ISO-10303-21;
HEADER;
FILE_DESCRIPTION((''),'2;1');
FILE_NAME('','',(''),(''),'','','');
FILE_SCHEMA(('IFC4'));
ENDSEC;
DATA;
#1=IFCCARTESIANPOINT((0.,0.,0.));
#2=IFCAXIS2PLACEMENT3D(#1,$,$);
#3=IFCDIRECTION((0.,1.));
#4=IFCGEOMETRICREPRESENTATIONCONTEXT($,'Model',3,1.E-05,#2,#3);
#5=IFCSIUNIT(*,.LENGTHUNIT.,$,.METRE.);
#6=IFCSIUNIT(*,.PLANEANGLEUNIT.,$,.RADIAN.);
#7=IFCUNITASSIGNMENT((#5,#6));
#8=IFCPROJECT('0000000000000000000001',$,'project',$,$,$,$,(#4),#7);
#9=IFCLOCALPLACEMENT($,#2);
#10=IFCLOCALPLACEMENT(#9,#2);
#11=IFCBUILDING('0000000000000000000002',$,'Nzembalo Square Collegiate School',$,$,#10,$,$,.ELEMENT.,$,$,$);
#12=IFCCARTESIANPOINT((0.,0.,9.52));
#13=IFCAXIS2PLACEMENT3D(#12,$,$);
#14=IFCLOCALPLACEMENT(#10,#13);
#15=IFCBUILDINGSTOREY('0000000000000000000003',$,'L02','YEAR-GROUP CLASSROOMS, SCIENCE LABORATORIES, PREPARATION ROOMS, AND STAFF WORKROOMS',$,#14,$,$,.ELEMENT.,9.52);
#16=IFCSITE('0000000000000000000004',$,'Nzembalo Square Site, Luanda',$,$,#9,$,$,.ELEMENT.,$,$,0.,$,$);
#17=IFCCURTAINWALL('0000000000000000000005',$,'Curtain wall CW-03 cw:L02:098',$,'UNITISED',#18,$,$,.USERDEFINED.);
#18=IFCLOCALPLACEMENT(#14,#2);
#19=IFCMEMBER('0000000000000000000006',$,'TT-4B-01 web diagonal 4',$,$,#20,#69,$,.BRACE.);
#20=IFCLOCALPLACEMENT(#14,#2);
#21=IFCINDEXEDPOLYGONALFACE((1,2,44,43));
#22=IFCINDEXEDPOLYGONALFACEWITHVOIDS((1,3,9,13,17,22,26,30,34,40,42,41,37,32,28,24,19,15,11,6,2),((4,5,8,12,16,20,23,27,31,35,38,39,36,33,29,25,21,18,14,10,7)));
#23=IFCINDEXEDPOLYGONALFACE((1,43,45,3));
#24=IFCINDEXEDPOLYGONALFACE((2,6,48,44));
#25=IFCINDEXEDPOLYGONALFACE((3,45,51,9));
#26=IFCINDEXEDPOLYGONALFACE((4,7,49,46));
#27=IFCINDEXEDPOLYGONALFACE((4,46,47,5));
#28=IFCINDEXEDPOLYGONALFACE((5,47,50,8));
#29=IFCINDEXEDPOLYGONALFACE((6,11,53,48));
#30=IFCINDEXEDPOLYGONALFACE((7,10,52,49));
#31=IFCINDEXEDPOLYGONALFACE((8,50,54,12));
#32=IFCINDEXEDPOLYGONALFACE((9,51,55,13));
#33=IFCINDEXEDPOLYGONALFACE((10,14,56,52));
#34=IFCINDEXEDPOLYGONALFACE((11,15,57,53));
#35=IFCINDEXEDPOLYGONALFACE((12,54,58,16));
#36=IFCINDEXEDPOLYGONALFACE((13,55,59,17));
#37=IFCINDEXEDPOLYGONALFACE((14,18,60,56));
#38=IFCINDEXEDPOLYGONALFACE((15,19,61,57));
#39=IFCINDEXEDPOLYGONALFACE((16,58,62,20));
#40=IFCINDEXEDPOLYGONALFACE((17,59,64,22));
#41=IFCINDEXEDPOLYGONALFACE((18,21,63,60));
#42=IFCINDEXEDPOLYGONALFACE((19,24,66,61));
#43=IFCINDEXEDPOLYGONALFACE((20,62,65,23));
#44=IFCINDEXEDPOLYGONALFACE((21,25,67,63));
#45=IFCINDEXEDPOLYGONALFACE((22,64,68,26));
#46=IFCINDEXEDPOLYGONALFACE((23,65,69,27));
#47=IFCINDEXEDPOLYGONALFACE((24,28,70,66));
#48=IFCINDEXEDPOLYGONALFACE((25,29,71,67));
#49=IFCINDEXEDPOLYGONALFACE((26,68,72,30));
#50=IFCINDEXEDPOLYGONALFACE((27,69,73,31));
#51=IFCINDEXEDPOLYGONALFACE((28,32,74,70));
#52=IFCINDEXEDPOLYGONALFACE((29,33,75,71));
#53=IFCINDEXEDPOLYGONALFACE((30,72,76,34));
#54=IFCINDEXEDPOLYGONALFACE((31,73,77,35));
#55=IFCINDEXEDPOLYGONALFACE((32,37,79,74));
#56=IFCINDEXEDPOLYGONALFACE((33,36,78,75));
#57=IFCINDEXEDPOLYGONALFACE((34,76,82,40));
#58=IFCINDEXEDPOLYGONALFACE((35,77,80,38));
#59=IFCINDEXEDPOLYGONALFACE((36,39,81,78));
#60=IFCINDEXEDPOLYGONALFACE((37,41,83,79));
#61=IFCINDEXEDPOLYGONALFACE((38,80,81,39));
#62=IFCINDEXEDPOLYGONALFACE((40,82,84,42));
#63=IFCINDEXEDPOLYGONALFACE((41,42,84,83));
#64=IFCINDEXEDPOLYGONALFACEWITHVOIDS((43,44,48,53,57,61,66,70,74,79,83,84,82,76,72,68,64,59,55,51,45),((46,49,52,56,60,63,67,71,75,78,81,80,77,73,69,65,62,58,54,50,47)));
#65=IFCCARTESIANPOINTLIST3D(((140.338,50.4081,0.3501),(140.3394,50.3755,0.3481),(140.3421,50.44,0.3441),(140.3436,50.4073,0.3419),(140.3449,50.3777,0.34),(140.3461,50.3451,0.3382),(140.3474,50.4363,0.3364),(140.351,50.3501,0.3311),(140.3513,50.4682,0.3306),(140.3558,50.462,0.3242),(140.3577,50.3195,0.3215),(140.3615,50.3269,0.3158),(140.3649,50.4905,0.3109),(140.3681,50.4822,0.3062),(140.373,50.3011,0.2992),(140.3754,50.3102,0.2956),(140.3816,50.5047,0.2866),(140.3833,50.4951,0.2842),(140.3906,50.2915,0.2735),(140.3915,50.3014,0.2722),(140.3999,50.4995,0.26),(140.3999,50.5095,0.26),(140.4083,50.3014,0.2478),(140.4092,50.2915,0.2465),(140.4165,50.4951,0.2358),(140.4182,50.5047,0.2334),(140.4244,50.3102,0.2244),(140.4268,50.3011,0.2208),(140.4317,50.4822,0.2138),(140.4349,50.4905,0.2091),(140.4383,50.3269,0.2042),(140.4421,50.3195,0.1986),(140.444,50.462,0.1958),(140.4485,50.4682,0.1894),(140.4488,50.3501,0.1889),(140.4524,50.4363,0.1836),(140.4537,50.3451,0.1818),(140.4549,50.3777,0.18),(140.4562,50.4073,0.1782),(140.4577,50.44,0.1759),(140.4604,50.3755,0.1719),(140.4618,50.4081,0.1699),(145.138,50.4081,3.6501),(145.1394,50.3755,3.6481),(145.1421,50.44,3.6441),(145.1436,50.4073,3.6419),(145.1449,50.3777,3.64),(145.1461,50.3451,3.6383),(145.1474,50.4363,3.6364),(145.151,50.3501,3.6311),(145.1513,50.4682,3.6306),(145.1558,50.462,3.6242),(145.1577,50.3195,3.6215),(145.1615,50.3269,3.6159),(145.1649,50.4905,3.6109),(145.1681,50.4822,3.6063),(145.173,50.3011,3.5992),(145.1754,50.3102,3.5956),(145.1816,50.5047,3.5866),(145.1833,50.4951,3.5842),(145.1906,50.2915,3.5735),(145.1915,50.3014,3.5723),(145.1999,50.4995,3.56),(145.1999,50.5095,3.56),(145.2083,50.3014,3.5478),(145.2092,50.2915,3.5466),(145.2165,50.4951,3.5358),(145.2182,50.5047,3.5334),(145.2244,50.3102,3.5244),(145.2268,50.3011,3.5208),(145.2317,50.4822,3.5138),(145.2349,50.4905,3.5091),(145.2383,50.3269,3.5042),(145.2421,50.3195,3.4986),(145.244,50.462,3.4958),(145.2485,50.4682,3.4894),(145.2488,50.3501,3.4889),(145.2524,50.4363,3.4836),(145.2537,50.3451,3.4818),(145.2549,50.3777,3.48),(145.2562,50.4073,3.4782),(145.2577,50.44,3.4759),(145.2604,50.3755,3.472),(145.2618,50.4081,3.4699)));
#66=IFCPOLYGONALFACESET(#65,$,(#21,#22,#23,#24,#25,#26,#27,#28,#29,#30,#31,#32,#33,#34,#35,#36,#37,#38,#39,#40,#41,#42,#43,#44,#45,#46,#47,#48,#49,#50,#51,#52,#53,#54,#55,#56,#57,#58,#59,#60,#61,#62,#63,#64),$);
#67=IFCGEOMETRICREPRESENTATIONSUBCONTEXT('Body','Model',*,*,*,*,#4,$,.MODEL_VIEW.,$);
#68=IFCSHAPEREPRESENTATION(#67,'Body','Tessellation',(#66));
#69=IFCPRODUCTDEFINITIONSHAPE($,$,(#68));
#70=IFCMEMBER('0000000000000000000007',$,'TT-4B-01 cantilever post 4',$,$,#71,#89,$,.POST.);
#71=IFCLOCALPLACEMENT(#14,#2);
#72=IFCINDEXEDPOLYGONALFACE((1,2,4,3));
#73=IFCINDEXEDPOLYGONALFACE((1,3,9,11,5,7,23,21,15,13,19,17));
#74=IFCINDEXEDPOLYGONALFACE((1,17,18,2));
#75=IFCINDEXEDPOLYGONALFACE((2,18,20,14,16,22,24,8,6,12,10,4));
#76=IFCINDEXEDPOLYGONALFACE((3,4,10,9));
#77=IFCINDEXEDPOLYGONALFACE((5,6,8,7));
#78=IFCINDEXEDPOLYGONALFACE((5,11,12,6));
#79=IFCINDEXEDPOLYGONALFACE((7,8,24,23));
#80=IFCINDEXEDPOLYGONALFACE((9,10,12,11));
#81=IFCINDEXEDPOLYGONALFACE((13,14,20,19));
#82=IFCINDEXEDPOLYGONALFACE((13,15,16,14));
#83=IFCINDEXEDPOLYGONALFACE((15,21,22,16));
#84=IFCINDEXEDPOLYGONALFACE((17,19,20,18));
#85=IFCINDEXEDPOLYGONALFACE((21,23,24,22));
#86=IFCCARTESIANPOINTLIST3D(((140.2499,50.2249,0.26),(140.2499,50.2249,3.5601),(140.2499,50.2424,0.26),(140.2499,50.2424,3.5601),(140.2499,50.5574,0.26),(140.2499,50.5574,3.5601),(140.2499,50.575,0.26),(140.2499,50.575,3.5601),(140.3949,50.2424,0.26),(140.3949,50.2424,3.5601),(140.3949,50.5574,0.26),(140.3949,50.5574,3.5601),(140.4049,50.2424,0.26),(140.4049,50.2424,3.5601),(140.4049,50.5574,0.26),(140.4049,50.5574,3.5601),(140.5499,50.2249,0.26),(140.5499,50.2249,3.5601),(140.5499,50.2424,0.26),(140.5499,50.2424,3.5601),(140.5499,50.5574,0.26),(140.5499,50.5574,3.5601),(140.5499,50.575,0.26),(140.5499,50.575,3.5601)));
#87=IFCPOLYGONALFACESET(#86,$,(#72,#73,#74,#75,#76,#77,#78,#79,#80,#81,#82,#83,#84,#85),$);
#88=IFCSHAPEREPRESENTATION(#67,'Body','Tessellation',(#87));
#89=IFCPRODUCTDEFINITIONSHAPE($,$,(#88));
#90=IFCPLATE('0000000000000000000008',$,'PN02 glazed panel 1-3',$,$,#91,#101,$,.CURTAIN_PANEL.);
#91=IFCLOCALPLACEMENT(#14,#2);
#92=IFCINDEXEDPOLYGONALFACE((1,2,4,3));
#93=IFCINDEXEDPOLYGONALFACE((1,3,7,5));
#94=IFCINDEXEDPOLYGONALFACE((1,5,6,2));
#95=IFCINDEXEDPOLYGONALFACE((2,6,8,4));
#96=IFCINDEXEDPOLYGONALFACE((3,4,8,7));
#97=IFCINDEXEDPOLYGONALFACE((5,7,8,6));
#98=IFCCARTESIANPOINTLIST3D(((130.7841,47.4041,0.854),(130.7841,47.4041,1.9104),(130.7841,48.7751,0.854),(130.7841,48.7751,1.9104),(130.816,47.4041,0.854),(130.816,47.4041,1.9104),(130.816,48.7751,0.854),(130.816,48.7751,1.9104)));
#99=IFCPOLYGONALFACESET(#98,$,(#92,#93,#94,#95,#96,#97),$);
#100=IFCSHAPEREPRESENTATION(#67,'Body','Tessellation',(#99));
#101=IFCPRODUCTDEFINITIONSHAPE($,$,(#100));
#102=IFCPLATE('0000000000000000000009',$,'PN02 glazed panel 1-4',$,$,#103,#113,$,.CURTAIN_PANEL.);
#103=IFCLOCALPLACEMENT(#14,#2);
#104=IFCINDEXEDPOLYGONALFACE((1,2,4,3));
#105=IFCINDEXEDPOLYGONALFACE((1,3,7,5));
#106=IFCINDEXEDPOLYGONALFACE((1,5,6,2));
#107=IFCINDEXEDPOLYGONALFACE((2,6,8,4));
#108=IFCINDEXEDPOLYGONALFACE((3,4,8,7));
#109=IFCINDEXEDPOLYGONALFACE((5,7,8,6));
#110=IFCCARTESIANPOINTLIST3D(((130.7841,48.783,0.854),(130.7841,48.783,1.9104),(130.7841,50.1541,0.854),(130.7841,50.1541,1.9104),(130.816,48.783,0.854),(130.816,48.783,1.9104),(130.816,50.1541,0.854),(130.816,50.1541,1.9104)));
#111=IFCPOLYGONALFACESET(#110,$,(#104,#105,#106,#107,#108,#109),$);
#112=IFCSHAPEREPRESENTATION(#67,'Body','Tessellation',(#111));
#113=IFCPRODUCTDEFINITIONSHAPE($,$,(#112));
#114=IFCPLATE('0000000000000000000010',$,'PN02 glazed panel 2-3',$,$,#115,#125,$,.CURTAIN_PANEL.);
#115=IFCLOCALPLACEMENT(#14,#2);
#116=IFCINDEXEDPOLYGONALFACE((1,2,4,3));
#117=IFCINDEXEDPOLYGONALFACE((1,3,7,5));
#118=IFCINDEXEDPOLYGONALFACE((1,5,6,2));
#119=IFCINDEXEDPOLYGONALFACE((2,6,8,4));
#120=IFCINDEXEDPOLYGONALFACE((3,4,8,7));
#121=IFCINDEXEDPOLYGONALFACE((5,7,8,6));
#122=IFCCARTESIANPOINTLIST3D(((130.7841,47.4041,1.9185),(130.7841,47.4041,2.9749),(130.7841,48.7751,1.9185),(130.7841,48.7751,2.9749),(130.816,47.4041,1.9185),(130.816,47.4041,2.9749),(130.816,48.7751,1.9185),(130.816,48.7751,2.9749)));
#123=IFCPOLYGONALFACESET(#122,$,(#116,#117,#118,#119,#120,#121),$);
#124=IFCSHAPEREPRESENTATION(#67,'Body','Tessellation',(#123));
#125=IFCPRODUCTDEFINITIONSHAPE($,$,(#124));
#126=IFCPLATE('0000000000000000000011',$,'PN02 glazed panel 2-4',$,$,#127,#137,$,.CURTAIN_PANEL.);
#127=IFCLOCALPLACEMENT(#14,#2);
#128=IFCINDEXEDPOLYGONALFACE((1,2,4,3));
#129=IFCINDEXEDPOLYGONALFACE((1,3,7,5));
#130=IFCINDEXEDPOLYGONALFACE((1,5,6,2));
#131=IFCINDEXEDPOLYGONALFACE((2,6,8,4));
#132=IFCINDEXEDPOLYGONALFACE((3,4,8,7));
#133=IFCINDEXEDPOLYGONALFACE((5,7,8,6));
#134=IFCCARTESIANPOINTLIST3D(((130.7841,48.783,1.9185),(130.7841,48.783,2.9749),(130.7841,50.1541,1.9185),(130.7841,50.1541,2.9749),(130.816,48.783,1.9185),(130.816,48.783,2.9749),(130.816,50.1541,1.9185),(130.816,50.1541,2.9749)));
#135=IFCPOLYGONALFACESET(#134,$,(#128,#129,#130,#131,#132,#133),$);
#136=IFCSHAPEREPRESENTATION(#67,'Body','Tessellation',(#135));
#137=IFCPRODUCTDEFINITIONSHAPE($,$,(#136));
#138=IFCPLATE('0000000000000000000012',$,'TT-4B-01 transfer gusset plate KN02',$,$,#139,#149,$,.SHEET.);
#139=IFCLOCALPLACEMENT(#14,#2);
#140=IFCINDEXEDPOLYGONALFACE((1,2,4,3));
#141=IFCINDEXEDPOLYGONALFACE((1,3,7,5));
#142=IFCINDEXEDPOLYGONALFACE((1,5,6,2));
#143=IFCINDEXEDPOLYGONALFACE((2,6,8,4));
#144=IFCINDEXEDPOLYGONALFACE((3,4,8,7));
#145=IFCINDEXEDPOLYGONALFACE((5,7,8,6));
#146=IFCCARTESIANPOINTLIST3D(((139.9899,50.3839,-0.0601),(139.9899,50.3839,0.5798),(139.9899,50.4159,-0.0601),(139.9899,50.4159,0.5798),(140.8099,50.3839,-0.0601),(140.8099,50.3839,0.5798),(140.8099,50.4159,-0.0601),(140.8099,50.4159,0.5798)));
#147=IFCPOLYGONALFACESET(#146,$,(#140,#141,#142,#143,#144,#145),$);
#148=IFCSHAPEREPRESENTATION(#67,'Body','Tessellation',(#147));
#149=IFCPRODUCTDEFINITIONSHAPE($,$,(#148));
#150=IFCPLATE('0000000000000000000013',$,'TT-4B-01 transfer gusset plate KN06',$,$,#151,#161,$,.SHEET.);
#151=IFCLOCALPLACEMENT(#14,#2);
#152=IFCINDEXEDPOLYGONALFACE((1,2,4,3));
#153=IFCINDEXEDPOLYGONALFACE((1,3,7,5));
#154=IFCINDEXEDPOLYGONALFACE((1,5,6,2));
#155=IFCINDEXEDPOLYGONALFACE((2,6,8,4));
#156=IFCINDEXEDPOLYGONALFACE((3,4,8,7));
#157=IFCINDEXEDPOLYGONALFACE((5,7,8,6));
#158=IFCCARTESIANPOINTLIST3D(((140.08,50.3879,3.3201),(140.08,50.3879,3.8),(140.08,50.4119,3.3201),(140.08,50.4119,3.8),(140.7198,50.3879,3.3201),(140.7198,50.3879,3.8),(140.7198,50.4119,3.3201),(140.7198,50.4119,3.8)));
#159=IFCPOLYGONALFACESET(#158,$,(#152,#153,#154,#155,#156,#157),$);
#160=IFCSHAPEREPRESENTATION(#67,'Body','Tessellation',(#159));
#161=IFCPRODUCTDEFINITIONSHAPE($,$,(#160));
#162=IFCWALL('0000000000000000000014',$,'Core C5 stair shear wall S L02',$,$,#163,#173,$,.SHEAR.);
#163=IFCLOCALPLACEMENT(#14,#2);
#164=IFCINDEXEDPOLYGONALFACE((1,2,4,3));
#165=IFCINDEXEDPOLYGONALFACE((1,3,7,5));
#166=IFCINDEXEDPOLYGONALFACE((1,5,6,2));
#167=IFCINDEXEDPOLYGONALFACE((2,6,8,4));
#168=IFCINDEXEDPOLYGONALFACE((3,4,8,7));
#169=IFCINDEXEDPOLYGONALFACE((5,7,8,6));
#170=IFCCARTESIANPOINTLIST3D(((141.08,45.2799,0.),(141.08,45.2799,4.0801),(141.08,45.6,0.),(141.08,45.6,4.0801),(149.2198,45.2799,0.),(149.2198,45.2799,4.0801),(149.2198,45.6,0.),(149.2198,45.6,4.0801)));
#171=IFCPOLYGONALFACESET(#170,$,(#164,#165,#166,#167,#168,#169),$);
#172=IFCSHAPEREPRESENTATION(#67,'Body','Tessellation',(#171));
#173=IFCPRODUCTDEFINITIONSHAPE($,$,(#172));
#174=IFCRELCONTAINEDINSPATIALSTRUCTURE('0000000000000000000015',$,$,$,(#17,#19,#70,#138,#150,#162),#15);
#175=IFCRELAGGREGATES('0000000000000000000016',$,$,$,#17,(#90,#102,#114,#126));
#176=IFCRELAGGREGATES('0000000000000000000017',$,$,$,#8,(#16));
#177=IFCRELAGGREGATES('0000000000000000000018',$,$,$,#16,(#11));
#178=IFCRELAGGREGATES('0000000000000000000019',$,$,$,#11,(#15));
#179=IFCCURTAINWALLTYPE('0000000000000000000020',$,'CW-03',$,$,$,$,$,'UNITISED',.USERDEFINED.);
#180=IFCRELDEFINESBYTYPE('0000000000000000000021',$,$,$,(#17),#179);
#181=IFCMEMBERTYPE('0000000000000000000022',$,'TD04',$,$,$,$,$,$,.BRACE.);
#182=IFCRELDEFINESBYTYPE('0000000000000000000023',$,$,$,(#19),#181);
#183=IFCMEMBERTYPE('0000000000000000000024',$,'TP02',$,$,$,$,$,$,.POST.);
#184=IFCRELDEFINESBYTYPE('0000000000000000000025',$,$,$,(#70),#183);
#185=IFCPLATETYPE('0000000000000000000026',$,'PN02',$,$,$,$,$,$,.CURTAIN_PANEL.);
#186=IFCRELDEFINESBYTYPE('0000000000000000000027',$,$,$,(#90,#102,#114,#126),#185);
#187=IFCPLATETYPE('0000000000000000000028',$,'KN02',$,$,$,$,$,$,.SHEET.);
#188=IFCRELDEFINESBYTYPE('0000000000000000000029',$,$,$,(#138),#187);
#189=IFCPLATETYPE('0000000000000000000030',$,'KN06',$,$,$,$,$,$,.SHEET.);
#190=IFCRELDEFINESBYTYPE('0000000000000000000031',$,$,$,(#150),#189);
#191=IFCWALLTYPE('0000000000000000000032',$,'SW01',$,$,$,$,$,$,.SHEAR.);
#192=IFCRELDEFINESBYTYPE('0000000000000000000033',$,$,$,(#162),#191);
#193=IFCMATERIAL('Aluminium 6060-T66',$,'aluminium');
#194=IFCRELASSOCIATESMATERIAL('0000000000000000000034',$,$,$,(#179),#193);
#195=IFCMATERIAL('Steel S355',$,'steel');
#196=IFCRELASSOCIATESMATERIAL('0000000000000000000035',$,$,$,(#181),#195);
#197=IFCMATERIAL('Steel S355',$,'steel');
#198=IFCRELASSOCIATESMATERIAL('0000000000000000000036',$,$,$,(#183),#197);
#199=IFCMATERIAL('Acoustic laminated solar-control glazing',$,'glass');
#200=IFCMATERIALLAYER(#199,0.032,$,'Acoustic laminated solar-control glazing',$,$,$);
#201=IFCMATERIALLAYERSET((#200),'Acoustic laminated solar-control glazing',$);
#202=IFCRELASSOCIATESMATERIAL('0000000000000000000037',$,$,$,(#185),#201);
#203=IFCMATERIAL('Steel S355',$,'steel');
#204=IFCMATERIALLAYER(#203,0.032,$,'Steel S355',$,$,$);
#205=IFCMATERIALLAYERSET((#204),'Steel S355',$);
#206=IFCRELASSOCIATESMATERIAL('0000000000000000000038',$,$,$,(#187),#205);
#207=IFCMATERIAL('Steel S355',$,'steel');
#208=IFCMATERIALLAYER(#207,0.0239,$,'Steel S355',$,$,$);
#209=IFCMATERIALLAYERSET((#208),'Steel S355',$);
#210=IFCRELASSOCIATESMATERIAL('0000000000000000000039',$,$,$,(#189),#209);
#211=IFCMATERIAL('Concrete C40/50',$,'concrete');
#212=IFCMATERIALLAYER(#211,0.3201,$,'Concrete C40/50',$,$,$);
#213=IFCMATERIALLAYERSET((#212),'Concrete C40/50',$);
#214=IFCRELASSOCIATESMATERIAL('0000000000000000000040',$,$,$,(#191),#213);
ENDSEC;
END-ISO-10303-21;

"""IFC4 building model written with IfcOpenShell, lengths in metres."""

from ifc_helpers import new_model, si_unit, direction, frame, frame_2d, origin, origin_2d, place, context, subcontext, project, spatial, rectangle, hollow_circle, i_section, extrude, material, layer, layer_set, material_profile, profile_set, type_object, element, aggregate, save


model = new_model("IFC4")

# Units and contexts
model_context = context("Model", 3, precision=1e-05, world=origin(), true_north=direction((0.0, 1.0)))
body_context = subcontext(model_context, "Body", "Model", "MODEL_VIEW")
ifc_project = project(units=[si_unit("LENGTHUNIT", "METRE"), si_unit("PLANEANGLEUNIT", "RADIAN")], contexts=[model_context])

# Site, building, storey
site_placement = place(None, origin())
site = spatial("IfcSite", under=ifc_project, at=site_placement, Name="Nzembalo Square Site, Luanda", CompositionType="ELEMENT", RefElevation=0.0)
building_placement = place(site_placement, origin())
building = spatial("IfcBuilding", under=site, at=building_placement, Name="Nzembalo Square Collegiate School", CompositionType="ELEMENT")
storey_placement = place(building_placement, frame((0.0, 0.0, 9.52)))
storey = spatial("IfcBuildingStorey", under=building, at=storey_placement, Name="L02", Description="YEAR-GROUP CLASSROOMS, SCIENCE LABORATORIES, PREPARATION ROOMS, AND STAFF WORKROOMS", CompositionType="ELEMENT", Elevation=9.52)

# Curtain wall
ifc_material_1 = material(Name="Aluminium 6060-T66", Category="aluminium")
curtain_wall_type = type_object("IfcCurtainWallType", Name="CW-03", ElementType="UNITISED", PredefinedType="USERDEFINED", material=ifc_material_1)
curtain_wall_placement = place(storey_placement, origin())
curtain_wall = element("IfcCurtainWall", 1, at=curtain_wall_placement, inside=storey, type_object=curtain_wall_type, Name="Curtain wall CW-03 cw:L02:098", ObjectType="UNITISED", PredefinedType="USERDEFINED")

# Members
ifc_material_2 = material(Name="Steel S355", Category="steel")
ifc_material_profile_1 = material_profile(ifc_material_2, hollow_circle(Radius=0.1096, WallThickness=0.01, at=origin_2d()), Name="CHS 219x10")
ifc_profile_set_1 = profile_set([ifc_material_profile_1], Name="Steel S355")
member_type_1 = type_object("IfcMemberType", Name="TD04", PredefinedType="BRACE", material=ifc_profile_set_1)
member_1_placement = place(storey_placement, frame((140.3999, 50.3999, 0.26), z_axis=(0.824041, 0.0, 0.566531), x_axis=(0.0, 1.0, 0.0)))
element("IfcMember", 2, at=member_1_placement, inside=storey, type_object=member_type_1, Name="TT-4B-01 web diagonal 4", PredefinedType="BRACE", context=body_context, shape_type="SweptSolid", body=[
    extrude(hollow_circle(Radius=0.1096, WallThickness=0.01, at=origin_2d()), origin(), (0.0, 0.0, 1.0), 5.825),
])
ifc_material_3 = material(Name="Steel S355", Category="steel")
ifc_material_profile_2 = material_profile(ifc_material_3, i_section(OverallWidth=0.3, OverallDepth=0.3501, WebThickness=0.01, FlangeThickness=0.0176, at=origin_2d()), Name="HEA 360")
ifc_profile_set_2 = profile_set([ifc_material_profile_2], Name="Steel S355")
member_type_2 = type_object("IfcMemberType", Name="TP02", PredefinedType="POST", material=ifc_profile_set_2)
member_2_placement = place(storey_placement, frame((140.3999, 50.3999, 0.26), z_axis=(0.0, 0.0, 1.0), x_axis=(1.0, 0.0, 0.0)))
element("IfcMember", 3, at=member_2_placement, inside=storey, type_object=member_type_2, Name="TT-4B-01 cantilever post 4", PredefinedType="POST", context=body_context, shape_type="SweptSolid", body=[
    extrude(i_section(OverallWidth=0.3, OverallDepth=0.3501, WebThickness=0.01, FlangeThickness=0.0176, at=origin_2d()), origin(), (0.0, 0.0, 1.0), 3.3),
])

# Plates
ifc_material_4 = material(Name="Acoustic laminated solar-control glazing", Category="glass")
ifc_layer_1 = layer(ifc_material_4, 0.032, Name="Acoustic laminated solar-control glazing")
ifc_layer_set_1 = layer_set([ifc_layer_1], Name="Acoustic laminated solar-control glazing")
plate_type_1 = type_object("IfcPlateType", Name="PN02", PredefinedType="CURTAIN_PANEL", material=ifc_layer_set_1)
plate_1_placement = place(storey_placement, frame((130.8, 48.0896, 0.854), z_axis=(0.0, 0.0, 1.0), x_axis=(0.0, 1.0, 0.0)))
plate_1 = element("IfcPlate", 4, at=plate_1_placement, type_object=plate_type_1, Name="PN02 glazed panel 1-3", PredefinedType="CURTAIN_PANEL", context=body_context, shape_type="SweptSolid", body=[
    extrude(rectangle(XDim=1.3711, YDim=0.032, at=origin_2d()), origin(), (0.0, 0.0, 1.0), 1.0564),
])
plate_2_placement = place(storey_placement, frame((130.8, 49.4685, 0.854), z_axis=(0.0, 0.0, 1.0), x_axis=(0.0, 1.0, 0.0)))
plate_2 = element("IfcPlate", 5, at=plate_2_placement, type_object=plate_type_1, Name="PN02 glazed panel 1-4", PredefinedType="CURTAIN_PANEL", context=body_context, shape_type="SweptSolid", body=[
    extrude(rectangle(XDim=1.3711, YDim=0.032, at=origin_2d()), origin(), (0.0, 0.0, 1.0), 1.0564),
])
plate_3_placement = place(storey_placement, frame((130.8, 48.0896, 1.9185), z_axis=(0.0, 0.0, 1.0), x_axis=(0.0, 1.0, 0.0)))
plate_3 = element("IfcPlate", 6, at=plate_3_placement, type_object=plate_type_1, Name="PN02 glazed panel 2-3", PredefinedType="CURTAIN_PANEL", context=body_context, shape_type="SweptSolid", body=[
    extrude(rectangle(XDim=1.3711, YDim=0.032, at=origin_2d()), origin(), (0.0, 0.0, 1.0), 1.0564),
])
plate_4_placement = place(storey_placement, frame((130.8, 49.4685, 1.9185), z_axis=(0.0, 0.0, 1.0), x_axis=(0.0, 1.0, 0.0)))
plate_4 = element("IfcPlate", 7, at=plate_4_placement, type_object=plate_type_1, Name="PN02 glazed panel 2-4", PredefinedType="CURTAIN_PANEL", context=body_context, shape_type="SweptSolid", body=[
    extrude(rectangle(XDim=1.3711, YDim=0.032, at=origin_2d()), origin(), (0.0, 0.0, 1.0), 1.0564),
])
aggregate(curtain_wall, [plate_1, plate_2, plate_3, plate_4])

# Plates
ifc_material_5 = material(Name="Steel S355", Category="steel")
ifc_layer_2 = layer(ifc_material_5, 0.032, Name="Steel S355")
ifc_layer_set_2 = layer_set([ifc_layer_2], Name="Steel S355")
plate_type_2 = type_object("IfcPlateType", Name="KN02", PredefinedType="SHEET", material=ifc_layer_set_2)
plate_5_placement = place(storey_placement, frame((140.3999, 50.3999, -0.0601), z_axis=(0.0, 0.0, 1.0), x_axis=(1.0, 0.0, 0.0)))
element("IfcPlate", 8, at=plate_5_placement, inside=storey, type_object=plate_type_2, Name="TT-4B-01 transfer gusset plate KN02", PredefinedType="SHEET", context=body_context, shape_type="SweptSolid", body=[
    extrude(rectangle(XDim=0.8201, YDim=0.032, at=origin_2d()), origin(), (0.0, 0.0, 1.0), 0.6399),
])
ifc_material_6 = material(Name="Steel S355", Category="steel")
ifc_layer_3 = layer(ifc_material_6, 0.0239, Name="Steel S355")
ifc_layer_set_3 = layer_set([ifc_layer_3], Name="Steel S355")
plate_type_3 = type_object("IfcPlateType", Name="KN06", PredefinedType="SHEET", material=ifc_layer_set_3)
plate_6_placement = place(storey_placement, frame((140.3999, 50.3999, 3.3201), z_axis=(0.0, 0.0, 1.0), x_axis=(1.0, 0.0, 0.0)))
element("IfcPlate", 9, at=plate_6_placement, inside=storey, type_object=plate_type_3, Name="TT-4B-01 transfer gusset plate KN06", PredefinedType="SHEET", context=body_context, shape_type="SweptSolid", body=[
    extrude(rectangle(XDim=0.6399, YDim=0.0239, at=origin_2d()), origin(), (0.0, 0.0, 1.0), 0.48),
])

# Wall
ifc_material_7 = material(Name="Concrete C40/50", Category="concrete")
ifc_layer_4 = layer(ifc_material_7, 0.3201, Name="Concrete C40/50")
ifc_layer_set_4 = layer_set([ifc_layer_4], Name="Concrete C40/50")
wall_type_1 = type_object("IfcWallType", Name="SW01", PredefinedType="SHEAR", material=ifc_layer_set_4)
wall_1_placement = place(storey_placement, frame((141.0801, 45.4399, 0.0), z_axis=(0.0, 0.0, 1.0), x_axis=(1.0, 0.0, 0.0)))
element("IfcWall", 10, at=wall_1_placement, inside=storey, type_object=wall_type_1, Name="Core C5 stair shear wall S L02", PredefinedType="SHEAR", context=body_context, shape_type="SweptSolid", body=[
    extrude(rectangle(XDim=8.1399, YDim=0.3201, at=frame_2d((4.0698, 0.0))), origin(), (0.0, 0.0, 1.0), 4.0801),
])

save(model, "model.ifc")
